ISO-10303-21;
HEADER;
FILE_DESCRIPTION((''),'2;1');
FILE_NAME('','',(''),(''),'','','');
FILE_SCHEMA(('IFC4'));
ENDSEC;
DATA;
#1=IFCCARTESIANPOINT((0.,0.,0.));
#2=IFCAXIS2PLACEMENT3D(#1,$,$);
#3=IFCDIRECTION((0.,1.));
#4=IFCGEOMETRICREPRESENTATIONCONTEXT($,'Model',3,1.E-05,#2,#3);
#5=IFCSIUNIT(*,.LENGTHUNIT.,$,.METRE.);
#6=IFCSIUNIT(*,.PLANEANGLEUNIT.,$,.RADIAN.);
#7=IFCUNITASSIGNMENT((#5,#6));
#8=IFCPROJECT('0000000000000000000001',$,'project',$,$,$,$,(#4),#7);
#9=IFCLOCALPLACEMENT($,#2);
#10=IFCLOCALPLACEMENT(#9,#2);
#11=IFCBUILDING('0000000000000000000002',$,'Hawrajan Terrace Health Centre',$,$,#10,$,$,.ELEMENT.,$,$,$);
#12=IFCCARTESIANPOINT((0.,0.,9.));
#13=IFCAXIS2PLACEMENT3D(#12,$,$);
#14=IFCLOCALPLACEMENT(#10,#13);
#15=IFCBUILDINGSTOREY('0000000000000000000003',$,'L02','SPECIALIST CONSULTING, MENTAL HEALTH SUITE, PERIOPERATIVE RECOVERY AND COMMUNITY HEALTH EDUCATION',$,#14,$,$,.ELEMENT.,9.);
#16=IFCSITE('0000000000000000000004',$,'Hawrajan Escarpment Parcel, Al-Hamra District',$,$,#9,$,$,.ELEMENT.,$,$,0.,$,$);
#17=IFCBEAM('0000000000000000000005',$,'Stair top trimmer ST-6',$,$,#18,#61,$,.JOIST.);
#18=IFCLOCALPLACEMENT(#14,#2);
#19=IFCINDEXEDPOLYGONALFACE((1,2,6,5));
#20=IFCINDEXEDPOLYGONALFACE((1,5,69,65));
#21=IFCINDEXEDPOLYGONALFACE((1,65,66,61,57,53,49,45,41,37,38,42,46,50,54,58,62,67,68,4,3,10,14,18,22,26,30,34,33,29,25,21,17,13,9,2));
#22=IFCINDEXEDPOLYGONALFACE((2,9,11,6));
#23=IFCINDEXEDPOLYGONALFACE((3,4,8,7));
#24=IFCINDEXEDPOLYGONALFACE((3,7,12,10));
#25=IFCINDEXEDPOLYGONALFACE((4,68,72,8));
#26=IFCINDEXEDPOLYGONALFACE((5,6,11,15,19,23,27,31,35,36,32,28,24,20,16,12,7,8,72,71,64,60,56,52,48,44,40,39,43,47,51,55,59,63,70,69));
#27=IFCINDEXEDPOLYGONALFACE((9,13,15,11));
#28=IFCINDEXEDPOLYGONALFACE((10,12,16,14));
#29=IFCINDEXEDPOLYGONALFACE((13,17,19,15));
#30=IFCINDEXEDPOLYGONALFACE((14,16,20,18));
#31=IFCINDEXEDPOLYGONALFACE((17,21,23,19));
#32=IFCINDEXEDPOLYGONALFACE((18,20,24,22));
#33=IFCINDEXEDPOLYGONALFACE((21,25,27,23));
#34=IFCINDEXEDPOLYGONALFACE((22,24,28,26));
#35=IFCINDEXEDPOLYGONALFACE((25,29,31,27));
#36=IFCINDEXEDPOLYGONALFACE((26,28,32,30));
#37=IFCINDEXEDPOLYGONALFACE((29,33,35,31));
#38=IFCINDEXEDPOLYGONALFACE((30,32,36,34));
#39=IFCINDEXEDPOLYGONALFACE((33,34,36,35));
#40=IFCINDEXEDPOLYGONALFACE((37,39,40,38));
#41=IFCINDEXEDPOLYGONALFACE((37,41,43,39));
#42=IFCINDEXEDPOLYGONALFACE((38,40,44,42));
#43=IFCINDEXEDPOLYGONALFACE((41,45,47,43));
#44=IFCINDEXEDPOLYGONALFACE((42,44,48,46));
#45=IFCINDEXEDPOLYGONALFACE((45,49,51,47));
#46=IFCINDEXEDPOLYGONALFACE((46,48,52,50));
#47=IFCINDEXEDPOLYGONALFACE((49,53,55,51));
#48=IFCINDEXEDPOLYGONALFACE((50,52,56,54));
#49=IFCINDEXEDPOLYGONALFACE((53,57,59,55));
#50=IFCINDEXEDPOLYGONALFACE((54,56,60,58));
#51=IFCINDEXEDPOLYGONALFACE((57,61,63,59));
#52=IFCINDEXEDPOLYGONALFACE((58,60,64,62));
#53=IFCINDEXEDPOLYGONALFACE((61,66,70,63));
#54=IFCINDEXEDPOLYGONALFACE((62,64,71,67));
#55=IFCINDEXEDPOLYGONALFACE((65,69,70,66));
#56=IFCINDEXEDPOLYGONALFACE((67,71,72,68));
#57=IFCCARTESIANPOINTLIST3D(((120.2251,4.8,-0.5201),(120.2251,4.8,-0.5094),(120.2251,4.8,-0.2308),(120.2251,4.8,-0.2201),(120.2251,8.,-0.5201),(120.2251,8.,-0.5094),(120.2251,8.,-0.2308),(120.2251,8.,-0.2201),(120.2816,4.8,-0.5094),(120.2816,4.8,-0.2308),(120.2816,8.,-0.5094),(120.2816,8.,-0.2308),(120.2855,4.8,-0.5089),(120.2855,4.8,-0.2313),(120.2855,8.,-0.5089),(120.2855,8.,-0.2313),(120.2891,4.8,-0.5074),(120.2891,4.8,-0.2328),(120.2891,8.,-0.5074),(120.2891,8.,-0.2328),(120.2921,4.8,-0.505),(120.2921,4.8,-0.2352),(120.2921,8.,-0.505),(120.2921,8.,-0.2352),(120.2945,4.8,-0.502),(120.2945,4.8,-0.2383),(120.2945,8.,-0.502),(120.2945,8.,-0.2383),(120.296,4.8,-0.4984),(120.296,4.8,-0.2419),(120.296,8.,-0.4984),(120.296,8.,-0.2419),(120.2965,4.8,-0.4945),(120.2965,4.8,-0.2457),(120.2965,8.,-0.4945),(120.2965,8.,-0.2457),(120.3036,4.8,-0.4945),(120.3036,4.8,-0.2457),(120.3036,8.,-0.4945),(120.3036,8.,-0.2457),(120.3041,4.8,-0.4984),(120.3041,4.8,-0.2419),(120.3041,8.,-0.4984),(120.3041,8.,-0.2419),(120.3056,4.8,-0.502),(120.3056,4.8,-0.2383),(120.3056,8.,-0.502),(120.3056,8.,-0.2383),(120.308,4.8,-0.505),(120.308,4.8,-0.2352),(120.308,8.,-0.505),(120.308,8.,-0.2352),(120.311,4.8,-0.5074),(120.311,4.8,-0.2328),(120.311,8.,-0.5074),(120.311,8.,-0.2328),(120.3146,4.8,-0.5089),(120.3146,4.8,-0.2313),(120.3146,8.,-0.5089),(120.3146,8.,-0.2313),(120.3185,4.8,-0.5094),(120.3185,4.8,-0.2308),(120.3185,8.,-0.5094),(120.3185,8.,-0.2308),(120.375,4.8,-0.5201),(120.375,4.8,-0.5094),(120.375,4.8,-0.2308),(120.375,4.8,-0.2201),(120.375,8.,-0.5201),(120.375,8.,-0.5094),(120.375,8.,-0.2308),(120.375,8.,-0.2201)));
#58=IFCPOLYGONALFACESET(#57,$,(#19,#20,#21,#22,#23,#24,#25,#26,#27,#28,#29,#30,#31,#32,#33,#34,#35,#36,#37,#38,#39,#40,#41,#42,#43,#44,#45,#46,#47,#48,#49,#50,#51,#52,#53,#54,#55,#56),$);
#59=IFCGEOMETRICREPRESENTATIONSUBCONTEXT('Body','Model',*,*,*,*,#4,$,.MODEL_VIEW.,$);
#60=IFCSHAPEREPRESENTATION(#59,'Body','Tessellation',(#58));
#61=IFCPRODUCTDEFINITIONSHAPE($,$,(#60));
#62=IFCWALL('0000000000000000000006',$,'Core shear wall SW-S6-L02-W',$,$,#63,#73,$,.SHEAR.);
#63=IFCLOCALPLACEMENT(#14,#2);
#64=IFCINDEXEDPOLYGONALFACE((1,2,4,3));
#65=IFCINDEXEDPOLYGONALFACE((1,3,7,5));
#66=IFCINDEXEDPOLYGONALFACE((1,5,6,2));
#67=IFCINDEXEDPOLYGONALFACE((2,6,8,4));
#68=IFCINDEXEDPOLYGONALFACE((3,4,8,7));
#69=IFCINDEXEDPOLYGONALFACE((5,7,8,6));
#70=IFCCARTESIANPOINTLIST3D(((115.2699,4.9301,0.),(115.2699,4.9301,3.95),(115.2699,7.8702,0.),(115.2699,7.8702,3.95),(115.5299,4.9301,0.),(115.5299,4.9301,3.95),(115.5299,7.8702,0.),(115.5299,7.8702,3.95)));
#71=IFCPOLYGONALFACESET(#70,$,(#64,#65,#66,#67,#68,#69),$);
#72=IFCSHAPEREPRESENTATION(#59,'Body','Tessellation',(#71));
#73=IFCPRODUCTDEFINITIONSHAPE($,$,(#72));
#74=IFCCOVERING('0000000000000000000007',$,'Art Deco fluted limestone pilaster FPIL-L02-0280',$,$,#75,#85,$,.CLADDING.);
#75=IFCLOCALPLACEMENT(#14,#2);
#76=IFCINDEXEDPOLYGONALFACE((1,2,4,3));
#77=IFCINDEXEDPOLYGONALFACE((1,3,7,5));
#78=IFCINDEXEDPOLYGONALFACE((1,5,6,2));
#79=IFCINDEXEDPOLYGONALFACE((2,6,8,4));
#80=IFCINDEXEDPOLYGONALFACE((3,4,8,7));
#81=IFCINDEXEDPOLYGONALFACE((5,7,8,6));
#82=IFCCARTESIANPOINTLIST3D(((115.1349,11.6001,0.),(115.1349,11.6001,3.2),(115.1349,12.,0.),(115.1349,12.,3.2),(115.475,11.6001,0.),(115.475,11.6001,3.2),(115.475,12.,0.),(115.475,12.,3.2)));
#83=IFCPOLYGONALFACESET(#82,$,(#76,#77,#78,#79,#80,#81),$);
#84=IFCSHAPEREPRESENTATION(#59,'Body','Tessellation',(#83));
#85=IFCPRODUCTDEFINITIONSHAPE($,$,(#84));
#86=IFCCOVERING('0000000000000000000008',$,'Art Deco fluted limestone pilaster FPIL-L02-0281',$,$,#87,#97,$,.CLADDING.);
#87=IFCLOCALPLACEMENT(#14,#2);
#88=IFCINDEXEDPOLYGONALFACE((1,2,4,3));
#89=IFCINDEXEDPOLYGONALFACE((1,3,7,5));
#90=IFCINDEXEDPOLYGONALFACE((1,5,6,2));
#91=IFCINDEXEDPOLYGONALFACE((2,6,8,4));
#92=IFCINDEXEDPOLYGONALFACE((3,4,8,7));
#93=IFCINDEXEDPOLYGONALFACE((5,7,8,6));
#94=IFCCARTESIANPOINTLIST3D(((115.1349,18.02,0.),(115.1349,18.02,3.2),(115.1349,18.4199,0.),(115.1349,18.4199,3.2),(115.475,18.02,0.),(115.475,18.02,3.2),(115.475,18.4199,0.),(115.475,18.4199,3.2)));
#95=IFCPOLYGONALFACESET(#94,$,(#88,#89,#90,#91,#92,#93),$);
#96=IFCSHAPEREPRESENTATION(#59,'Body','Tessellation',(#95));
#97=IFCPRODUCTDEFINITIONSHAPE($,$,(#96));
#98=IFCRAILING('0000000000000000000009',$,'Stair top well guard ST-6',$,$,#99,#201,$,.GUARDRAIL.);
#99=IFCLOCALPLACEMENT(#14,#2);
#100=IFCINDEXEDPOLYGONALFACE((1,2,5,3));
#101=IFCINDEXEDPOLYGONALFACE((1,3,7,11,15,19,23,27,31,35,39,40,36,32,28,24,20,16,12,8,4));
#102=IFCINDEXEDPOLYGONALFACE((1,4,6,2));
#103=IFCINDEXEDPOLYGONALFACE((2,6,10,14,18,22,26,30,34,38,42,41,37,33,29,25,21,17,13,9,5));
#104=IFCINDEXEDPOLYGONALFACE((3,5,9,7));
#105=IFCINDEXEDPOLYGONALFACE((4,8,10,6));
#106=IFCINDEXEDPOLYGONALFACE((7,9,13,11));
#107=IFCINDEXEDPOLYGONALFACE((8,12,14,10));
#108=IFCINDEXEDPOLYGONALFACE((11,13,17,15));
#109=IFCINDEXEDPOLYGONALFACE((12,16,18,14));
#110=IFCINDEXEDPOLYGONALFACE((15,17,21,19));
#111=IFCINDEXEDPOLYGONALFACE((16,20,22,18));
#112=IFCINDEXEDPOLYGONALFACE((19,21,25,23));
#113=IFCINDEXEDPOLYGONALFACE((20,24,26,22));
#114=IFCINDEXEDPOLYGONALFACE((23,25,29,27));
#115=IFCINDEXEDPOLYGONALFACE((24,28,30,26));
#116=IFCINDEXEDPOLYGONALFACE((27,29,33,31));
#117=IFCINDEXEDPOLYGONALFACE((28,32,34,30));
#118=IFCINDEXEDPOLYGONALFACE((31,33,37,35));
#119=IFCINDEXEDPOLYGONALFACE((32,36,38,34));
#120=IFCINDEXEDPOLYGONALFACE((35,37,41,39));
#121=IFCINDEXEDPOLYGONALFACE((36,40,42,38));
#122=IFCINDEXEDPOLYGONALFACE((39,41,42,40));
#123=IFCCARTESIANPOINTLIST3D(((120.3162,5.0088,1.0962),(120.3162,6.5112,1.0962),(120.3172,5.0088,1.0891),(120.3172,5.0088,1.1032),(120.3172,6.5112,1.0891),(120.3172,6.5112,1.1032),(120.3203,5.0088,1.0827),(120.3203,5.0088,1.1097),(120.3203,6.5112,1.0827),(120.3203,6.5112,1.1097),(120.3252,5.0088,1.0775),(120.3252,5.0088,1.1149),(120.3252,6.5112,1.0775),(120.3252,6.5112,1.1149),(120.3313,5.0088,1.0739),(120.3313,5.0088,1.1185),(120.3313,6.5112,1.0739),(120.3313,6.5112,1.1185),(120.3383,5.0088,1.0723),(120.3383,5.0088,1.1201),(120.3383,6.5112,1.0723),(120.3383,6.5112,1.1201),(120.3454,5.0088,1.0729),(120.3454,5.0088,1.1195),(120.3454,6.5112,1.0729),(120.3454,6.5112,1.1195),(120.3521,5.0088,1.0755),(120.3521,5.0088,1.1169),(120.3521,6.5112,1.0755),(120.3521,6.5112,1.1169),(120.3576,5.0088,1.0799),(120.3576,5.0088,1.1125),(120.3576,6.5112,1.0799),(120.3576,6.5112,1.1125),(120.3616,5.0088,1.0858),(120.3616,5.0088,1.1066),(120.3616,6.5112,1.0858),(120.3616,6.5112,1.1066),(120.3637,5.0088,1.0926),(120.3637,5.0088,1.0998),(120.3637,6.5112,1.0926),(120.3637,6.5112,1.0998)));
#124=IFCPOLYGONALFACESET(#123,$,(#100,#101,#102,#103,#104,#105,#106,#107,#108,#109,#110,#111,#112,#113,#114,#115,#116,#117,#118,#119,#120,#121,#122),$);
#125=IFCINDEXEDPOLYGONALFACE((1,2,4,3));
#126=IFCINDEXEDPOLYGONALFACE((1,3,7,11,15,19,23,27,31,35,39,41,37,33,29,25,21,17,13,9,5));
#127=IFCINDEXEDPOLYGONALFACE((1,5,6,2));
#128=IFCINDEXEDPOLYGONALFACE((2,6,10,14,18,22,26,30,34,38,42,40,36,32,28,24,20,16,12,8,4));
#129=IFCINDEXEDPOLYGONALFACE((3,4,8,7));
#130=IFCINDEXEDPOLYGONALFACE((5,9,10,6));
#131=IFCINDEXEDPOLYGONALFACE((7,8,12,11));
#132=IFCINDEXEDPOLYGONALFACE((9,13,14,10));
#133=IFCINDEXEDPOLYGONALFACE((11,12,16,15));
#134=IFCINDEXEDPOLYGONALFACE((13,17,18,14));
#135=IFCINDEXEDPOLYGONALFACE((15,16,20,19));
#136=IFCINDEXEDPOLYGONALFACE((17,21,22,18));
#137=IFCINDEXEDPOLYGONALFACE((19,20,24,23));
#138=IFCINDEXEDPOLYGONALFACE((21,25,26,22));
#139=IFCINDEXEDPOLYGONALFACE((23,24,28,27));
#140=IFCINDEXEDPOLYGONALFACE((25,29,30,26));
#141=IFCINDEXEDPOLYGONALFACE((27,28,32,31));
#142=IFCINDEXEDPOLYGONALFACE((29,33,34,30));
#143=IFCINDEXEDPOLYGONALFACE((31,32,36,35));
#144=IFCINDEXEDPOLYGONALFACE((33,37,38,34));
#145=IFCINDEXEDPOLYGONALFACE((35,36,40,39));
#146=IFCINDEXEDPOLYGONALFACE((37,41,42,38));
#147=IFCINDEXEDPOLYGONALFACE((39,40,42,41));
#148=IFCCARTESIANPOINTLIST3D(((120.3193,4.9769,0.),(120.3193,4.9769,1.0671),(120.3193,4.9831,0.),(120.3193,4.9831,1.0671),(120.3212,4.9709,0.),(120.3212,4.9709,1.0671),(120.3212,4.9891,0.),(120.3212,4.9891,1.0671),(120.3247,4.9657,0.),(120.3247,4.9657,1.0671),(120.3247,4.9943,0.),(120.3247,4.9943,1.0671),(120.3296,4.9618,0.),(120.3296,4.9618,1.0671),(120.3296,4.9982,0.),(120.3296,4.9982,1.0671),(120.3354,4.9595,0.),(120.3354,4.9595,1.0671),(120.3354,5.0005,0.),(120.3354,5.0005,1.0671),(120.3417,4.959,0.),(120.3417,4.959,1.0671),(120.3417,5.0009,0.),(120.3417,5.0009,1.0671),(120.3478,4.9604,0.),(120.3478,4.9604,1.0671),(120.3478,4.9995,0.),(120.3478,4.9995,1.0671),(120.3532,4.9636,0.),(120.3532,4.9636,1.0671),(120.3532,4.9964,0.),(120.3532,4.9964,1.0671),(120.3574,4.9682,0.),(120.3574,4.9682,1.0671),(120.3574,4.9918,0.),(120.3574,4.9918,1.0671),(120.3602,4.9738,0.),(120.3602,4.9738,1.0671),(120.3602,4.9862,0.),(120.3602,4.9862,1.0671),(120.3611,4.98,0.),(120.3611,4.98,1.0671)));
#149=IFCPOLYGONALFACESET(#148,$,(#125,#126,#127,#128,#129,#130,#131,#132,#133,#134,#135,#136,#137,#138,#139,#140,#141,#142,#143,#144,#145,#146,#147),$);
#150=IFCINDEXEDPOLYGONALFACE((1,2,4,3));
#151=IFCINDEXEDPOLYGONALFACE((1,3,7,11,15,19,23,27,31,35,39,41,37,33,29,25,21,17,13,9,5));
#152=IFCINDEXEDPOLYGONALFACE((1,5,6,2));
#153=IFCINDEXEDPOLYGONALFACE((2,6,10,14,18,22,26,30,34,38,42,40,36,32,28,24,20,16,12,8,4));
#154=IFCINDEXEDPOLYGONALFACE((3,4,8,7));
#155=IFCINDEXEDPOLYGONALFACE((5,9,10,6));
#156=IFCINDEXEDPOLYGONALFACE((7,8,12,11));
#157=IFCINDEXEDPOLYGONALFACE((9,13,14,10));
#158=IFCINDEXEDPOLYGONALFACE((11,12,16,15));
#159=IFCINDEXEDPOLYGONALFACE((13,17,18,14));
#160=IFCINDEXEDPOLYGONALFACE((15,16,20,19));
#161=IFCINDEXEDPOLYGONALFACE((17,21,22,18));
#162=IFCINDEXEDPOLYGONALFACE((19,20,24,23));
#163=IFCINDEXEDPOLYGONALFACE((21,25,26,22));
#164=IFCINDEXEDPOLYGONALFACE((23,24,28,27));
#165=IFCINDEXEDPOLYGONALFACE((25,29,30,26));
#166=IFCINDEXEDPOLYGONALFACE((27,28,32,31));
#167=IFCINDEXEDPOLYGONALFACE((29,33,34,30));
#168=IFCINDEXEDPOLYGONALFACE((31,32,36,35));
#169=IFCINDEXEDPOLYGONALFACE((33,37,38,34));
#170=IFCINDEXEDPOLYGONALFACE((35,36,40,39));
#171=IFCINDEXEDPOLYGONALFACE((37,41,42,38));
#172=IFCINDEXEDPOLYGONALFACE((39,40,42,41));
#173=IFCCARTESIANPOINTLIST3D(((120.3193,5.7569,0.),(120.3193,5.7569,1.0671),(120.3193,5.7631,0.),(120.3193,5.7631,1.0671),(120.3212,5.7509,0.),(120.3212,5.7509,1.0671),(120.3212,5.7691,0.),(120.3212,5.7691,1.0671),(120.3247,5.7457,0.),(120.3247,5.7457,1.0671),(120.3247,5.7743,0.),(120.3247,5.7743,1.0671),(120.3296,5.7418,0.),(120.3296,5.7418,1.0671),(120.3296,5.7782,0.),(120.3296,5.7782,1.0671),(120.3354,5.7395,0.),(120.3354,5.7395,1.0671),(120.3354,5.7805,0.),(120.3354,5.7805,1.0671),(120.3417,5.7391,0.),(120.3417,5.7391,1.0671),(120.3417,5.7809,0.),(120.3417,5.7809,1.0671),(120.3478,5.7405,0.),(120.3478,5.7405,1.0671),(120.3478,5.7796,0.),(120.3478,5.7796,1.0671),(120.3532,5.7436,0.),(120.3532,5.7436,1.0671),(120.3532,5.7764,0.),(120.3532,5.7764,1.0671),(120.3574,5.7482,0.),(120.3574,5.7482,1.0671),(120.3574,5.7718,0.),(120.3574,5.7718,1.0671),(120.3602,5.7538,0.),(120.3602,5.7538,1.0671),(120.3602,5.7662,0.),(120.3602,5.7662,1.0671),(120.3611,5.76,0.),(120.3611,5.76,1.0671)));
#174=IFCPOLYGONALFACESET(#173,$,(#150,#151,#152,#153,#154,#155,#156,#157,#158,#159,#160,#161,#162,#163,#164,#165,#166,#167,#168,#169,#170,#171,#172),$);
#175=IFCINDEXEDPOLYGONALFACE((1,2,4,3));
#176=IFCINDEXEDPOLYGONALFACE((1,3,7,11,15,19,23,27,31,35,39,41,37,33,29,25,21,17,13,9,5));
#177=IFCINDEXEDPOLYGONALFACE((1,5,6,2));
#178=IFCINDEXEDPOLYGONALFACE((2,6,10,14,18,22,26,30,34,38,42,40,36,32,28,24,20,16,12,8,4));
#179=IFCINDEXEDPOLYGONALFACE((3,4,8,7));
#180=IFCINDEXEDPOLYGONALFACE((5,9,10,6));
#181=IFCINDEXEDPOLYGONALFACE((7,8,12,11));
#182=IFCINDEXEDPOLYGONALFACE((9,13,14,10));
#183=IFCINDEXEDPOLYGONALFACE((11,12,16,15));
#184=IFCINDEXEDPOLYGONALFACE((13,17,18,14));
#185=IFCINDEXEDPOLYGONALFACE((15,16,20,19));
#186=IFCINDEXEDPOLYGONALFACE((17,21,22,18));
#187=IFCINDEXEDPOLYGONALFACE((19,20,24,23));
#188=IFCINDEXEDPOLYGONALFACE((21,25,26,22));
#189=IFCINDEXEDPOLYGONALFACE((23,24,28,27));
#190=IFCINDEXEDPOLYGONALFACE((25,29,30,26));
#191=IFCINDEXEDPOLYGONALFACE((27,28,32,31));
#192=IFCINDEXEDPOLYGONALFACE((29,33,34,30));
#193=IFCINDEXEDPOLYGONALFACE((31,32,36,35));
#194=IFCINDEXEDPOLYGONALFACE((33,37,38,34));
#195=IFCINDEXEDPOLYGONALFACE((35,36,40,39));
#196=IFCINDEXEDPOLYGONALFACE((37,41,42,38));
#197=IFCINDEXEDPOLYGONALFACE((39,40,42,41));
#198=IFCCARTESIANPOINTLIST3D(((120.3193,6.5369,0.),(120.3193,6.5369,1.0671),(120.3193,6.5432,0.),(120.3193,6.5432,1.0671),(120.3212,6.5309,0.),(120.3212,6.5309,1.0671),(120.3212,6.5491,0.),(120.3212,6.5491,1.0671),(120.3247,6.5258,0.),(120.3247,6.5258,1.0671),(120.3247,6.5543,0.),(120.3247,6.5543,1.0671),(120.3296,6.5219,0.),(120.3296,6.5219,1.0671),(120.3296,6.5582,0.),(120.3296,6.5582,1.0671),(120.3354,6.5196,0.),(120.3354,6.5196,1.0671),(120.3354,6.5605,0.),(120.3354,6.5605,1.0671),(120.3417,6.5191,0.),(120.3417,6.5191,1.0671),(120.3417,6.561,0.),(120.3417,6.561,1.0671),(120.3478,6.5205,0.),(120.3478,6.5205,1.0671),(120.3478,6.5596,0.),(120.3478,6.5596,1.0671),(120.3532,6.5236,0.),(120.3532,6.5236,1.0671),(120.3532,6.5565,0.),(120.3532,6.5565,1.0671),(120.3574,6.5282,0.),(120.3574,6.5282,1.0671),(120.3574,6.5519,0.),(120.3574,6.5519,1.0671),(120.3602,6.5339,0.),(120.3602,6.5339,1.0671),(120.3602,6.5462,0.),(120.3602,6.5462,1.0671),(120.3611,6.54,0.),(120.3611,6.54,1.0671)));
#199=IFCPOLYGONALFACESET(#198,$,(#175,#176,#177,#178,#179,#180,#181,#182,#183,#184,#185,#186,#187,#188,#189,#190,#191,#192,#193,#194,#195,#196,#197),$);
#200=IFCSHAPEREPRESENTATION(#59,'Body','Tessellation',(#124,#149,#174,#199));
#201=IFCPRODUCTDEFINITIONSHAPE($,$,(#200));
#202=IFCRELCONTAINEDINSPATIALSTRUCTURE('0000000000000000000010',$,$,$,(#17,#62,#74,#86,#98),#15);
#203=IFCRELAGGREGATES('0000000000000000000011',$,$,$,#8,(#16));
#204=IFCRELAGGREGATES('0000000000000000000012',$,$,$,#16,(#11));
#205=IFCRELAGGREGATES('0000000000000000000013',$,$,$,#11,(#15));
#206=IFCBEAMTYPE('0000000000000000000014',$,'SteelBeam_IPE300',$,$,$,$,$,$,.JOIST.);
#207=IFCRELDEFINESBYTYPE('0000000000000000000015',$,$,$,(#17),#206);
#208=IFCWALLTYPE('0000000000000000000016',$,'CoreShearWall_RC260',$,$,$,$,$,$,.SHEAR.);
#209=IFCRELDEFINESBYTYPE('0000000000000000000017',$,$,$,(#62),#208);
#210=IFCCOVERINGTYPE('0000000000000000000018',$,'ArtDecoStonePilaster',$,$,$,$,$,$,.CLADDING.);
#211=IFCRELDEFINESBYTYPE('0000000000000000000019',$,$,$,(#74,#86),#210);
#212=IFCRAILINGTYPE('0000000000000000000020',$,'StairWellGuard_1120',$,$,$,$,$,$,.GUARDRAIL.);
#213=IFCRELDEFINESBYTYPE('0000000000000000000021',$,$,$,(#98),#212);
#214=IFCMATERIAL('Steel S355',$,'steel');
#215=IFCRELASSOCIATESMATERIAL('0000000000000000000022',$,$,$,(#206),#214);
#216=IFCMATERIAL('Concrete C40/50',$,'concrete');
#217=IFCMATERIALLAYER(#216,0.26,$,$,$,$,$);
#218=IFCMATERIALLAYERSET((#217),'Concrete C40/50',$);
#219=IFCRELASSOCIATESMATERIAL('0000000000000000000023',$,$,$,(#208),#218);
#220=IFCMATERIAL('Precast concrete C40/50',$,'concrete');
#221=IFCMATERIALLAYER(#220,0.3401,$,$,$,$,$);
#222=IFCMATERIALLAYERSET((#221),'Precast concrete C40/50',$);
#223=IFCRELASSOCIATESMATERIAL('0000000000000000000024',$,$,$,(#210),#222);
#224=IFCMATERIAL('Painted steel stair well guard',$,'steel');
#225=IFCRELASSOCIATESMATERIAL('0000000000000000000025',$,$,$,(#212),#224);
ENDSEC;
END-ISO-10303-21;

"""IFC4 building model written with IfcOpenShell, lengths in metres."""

from ifc_helpers import new_model, si_unit, direction, frame, frame_2d, origin, origin_2d, place, context, subcontext, project, spatial, rectangle, circle, i_section, extrude, material, layer, layer_set, material_profile, profile_set, type_object, element, save


model = new_model("IFC4")

# Units and contexts
model_context = context("Model", 3, precision=1e-05, world=origin(), true_north=direction((0.0, 1.0)))
body_context = subcontext(model_context, "Body", "Model", "MODEL_VIEW")
ifc_project = project(units=[si_unit("LENGTHUNIT", "METRE"), si_unit("PLANEANGLEUNIT", "RADIAN")], contexts=[model_context])

# Site, building, storey
site_placement = place(None, origin())
site = spatial("IfcSite", under=ifc_project, at=site_placement, Name="Hawrajan Escarpment Parcel, Al-Hamra District", CompositionType="ELEMENT", RefElevation=0.0)
building_placement = place(site_placement, origin())
building = spatial("IfcBuilding", under=site, at=building_placement, Name="Hawrajan Terrace Health Centre", CompositionType="ELEMENT")
storey_placement = place(building_placement, frame((0.0, 0.0, 9.0)))
storey = spatial("IfcBuildingStorey", under=building, at=storey_placement, Name="L02", Description="SPECIALIST CONSULTING, MENTAL HEALTH SUITE, PERIOPERATIVE RECOVERY AND COMMUNITY HEALTH EDUCATION", CompositionType="ELEMENT", Elevation=9.0)

# Beam
ifc_material_1 = material(Name="Concrete C40/50", Category="concrete")
ifc_material_2 = material(Name="Steel S355", Category="steel")
ifc_material_profile_1 = material_profile(ifc_material_2, i_section(OverallWidth=0.1499, OverallDepth=0.3, WebThickness=0.0071, FlangeThickness=0.0107, FilletRadius=0.0149, at=origin_2d()), Name="IPE 300")
ifc_profile_set_1 = profile_set([ifc_material_profile_1], Name="Steel S355")
beam_type_1 = type_object("IfcBeamType", Name="SteelBeam_IPE300", PredefinedType="JOIST", material=ifc_profile_set_1)
beam_1_placement = place(storey_placement, frame((120.3, 4.8, -0.3701), z_axis=(0.0, 1.0, 0.0), x_axis=(-1.0, 0.0, 0.0)))
element("IfcBeam", 1, at=beam_1_placement, inside=storey, type_object=beam_type_1, Name="Stair top trimmer ST-6", PredefinedType="JOIST", context=body_context, shape_type="SweptSolid", body=[
    extrude(i_section(OverallWidth=0.1499, OverallDepth=0.3, WebThickness=0.0071, FlangeThickness=0.0107, FilletRadius=0.0149, at=origin_2d()), origin(), (0.0, 0.0, 1.0), 3.2),
])

# Wall
ifc_layer_1 = layer(ifc_material_1, 0.26)
ifc_layer_set_1 = layer_set([ifc_layer_1], Name="Concrete C40/50")
wall_type = type_object("IfcWallType", Name="CoreShearWall_RC260", PredefinedType="SHEAR", material=ifc_layer_set_1)
wall_1_placement = place(storey_placement, frame((115.3999, 4.9299, 0.0), z_axis=(0.0, 0.0, 1.0), x_axis=(0.0, 1.0, 0.0)))
element("IfcWall", 2, at=wall_1_placement, inside=storey, type_object=wall_type, Name="Core shear wall SW-S6-L02-W", PredefinedType="SHEAR", context=body_context, shape_type="SweptSolid", body=[
    extrude(rectangle(XDim=2.9402, YDim=0.26, at=frame_2d((1.4702, 0.0))), origin(), (0.0, 0.0, 1.0), 3.95),
])

# Coverings
ifc_material_3 = material(Name="Precast concrete C40/50", Category="concrete")
ifc_layer_2 = layer(ifc_material_3, 0.3401)
ifc_layer_set_2 = layer_set([ifc_layer_2], Name="Precast concrete C40/50")
covering_type = type_object("IfcCoveringType", Name="ArtDecoStonePilaster", PredefinedType="CLADDING", material=ifc_layer_set_2)
for number, where, z_axis, x_axis, name in (
    (3, (115.3049, 11.8, 0.0), (0.0, 0.0, 1.0), (0.0, 1.0, 0.0), "Art Deco fluted limestone pilaster FPIL-L02-0280"),
    (4, (115.3049, 18.22, 0.0), (0.0, 0.0, 1.0), (0.0, 1.0, 0.0), "Art Deco fluted limestone pilaster FPIL-L02-0281"),
):
    element("IfcCovering", number, at=place(storey_placement, frame(where, z_axis=z_axis, x_axis=x_axis)), inside=storey, type_object=covering_type, Name=name, PredefinedType="CLADDING", context=body_context, shape_type="SweptSolid", body=[
        extrude(rectangle(XDim=0.3999, YDim=0.3401, at=origin_2d()), origin(), (0.0, 0.0, 1.0), 3.2),
    ])

# Railing
ifc_material_4 = material(Name="Painted steel stair well guard", Category="steel")
railing_type = type_object("IfcRailingType", Name="StairWellGuard_1120", PredefinedType="GUARDRAIL", material=ifc_material_4)
railing_placement = place(storey_placement, frame((120.3401, 4.98, 0.0)))
element("IfcRailing", 5, at=railing_placement, inside=storey, type_object=railing_type, Name="Stair top well guard ST-6", PredefinedType="GUARDRAIL", context=body_context, shape_type="SweptSolid", body=[
    extrude(circle(Radius=0.0239, at=origin_2d()), frame((0.0, 0.0288, 1.0962), z_axis=(0.0, 1.0, 0.0), x_axis=(-1.0, 0.0, 0.0)), (0.0, 0.0, 1.0), 1.5024),
    extrude(circle(Radius=0.021, at=origin_2d()), origin(), (0.0, 0.0, 1.0), 1.0671),
    extrude(circle(Radius=0.021, at=origin_2d()), frame((0.0, 0.78, 0.0)), (0.0, 0.0, 1.0), 1.0671),
    extrude(circle(Radius=0.021, at=origin_2d()), frame((0.0, 1.5601, 0.0)), (0.0, 0.0, 1.0), 1.0671),
])

save(model, "model.ifc")
